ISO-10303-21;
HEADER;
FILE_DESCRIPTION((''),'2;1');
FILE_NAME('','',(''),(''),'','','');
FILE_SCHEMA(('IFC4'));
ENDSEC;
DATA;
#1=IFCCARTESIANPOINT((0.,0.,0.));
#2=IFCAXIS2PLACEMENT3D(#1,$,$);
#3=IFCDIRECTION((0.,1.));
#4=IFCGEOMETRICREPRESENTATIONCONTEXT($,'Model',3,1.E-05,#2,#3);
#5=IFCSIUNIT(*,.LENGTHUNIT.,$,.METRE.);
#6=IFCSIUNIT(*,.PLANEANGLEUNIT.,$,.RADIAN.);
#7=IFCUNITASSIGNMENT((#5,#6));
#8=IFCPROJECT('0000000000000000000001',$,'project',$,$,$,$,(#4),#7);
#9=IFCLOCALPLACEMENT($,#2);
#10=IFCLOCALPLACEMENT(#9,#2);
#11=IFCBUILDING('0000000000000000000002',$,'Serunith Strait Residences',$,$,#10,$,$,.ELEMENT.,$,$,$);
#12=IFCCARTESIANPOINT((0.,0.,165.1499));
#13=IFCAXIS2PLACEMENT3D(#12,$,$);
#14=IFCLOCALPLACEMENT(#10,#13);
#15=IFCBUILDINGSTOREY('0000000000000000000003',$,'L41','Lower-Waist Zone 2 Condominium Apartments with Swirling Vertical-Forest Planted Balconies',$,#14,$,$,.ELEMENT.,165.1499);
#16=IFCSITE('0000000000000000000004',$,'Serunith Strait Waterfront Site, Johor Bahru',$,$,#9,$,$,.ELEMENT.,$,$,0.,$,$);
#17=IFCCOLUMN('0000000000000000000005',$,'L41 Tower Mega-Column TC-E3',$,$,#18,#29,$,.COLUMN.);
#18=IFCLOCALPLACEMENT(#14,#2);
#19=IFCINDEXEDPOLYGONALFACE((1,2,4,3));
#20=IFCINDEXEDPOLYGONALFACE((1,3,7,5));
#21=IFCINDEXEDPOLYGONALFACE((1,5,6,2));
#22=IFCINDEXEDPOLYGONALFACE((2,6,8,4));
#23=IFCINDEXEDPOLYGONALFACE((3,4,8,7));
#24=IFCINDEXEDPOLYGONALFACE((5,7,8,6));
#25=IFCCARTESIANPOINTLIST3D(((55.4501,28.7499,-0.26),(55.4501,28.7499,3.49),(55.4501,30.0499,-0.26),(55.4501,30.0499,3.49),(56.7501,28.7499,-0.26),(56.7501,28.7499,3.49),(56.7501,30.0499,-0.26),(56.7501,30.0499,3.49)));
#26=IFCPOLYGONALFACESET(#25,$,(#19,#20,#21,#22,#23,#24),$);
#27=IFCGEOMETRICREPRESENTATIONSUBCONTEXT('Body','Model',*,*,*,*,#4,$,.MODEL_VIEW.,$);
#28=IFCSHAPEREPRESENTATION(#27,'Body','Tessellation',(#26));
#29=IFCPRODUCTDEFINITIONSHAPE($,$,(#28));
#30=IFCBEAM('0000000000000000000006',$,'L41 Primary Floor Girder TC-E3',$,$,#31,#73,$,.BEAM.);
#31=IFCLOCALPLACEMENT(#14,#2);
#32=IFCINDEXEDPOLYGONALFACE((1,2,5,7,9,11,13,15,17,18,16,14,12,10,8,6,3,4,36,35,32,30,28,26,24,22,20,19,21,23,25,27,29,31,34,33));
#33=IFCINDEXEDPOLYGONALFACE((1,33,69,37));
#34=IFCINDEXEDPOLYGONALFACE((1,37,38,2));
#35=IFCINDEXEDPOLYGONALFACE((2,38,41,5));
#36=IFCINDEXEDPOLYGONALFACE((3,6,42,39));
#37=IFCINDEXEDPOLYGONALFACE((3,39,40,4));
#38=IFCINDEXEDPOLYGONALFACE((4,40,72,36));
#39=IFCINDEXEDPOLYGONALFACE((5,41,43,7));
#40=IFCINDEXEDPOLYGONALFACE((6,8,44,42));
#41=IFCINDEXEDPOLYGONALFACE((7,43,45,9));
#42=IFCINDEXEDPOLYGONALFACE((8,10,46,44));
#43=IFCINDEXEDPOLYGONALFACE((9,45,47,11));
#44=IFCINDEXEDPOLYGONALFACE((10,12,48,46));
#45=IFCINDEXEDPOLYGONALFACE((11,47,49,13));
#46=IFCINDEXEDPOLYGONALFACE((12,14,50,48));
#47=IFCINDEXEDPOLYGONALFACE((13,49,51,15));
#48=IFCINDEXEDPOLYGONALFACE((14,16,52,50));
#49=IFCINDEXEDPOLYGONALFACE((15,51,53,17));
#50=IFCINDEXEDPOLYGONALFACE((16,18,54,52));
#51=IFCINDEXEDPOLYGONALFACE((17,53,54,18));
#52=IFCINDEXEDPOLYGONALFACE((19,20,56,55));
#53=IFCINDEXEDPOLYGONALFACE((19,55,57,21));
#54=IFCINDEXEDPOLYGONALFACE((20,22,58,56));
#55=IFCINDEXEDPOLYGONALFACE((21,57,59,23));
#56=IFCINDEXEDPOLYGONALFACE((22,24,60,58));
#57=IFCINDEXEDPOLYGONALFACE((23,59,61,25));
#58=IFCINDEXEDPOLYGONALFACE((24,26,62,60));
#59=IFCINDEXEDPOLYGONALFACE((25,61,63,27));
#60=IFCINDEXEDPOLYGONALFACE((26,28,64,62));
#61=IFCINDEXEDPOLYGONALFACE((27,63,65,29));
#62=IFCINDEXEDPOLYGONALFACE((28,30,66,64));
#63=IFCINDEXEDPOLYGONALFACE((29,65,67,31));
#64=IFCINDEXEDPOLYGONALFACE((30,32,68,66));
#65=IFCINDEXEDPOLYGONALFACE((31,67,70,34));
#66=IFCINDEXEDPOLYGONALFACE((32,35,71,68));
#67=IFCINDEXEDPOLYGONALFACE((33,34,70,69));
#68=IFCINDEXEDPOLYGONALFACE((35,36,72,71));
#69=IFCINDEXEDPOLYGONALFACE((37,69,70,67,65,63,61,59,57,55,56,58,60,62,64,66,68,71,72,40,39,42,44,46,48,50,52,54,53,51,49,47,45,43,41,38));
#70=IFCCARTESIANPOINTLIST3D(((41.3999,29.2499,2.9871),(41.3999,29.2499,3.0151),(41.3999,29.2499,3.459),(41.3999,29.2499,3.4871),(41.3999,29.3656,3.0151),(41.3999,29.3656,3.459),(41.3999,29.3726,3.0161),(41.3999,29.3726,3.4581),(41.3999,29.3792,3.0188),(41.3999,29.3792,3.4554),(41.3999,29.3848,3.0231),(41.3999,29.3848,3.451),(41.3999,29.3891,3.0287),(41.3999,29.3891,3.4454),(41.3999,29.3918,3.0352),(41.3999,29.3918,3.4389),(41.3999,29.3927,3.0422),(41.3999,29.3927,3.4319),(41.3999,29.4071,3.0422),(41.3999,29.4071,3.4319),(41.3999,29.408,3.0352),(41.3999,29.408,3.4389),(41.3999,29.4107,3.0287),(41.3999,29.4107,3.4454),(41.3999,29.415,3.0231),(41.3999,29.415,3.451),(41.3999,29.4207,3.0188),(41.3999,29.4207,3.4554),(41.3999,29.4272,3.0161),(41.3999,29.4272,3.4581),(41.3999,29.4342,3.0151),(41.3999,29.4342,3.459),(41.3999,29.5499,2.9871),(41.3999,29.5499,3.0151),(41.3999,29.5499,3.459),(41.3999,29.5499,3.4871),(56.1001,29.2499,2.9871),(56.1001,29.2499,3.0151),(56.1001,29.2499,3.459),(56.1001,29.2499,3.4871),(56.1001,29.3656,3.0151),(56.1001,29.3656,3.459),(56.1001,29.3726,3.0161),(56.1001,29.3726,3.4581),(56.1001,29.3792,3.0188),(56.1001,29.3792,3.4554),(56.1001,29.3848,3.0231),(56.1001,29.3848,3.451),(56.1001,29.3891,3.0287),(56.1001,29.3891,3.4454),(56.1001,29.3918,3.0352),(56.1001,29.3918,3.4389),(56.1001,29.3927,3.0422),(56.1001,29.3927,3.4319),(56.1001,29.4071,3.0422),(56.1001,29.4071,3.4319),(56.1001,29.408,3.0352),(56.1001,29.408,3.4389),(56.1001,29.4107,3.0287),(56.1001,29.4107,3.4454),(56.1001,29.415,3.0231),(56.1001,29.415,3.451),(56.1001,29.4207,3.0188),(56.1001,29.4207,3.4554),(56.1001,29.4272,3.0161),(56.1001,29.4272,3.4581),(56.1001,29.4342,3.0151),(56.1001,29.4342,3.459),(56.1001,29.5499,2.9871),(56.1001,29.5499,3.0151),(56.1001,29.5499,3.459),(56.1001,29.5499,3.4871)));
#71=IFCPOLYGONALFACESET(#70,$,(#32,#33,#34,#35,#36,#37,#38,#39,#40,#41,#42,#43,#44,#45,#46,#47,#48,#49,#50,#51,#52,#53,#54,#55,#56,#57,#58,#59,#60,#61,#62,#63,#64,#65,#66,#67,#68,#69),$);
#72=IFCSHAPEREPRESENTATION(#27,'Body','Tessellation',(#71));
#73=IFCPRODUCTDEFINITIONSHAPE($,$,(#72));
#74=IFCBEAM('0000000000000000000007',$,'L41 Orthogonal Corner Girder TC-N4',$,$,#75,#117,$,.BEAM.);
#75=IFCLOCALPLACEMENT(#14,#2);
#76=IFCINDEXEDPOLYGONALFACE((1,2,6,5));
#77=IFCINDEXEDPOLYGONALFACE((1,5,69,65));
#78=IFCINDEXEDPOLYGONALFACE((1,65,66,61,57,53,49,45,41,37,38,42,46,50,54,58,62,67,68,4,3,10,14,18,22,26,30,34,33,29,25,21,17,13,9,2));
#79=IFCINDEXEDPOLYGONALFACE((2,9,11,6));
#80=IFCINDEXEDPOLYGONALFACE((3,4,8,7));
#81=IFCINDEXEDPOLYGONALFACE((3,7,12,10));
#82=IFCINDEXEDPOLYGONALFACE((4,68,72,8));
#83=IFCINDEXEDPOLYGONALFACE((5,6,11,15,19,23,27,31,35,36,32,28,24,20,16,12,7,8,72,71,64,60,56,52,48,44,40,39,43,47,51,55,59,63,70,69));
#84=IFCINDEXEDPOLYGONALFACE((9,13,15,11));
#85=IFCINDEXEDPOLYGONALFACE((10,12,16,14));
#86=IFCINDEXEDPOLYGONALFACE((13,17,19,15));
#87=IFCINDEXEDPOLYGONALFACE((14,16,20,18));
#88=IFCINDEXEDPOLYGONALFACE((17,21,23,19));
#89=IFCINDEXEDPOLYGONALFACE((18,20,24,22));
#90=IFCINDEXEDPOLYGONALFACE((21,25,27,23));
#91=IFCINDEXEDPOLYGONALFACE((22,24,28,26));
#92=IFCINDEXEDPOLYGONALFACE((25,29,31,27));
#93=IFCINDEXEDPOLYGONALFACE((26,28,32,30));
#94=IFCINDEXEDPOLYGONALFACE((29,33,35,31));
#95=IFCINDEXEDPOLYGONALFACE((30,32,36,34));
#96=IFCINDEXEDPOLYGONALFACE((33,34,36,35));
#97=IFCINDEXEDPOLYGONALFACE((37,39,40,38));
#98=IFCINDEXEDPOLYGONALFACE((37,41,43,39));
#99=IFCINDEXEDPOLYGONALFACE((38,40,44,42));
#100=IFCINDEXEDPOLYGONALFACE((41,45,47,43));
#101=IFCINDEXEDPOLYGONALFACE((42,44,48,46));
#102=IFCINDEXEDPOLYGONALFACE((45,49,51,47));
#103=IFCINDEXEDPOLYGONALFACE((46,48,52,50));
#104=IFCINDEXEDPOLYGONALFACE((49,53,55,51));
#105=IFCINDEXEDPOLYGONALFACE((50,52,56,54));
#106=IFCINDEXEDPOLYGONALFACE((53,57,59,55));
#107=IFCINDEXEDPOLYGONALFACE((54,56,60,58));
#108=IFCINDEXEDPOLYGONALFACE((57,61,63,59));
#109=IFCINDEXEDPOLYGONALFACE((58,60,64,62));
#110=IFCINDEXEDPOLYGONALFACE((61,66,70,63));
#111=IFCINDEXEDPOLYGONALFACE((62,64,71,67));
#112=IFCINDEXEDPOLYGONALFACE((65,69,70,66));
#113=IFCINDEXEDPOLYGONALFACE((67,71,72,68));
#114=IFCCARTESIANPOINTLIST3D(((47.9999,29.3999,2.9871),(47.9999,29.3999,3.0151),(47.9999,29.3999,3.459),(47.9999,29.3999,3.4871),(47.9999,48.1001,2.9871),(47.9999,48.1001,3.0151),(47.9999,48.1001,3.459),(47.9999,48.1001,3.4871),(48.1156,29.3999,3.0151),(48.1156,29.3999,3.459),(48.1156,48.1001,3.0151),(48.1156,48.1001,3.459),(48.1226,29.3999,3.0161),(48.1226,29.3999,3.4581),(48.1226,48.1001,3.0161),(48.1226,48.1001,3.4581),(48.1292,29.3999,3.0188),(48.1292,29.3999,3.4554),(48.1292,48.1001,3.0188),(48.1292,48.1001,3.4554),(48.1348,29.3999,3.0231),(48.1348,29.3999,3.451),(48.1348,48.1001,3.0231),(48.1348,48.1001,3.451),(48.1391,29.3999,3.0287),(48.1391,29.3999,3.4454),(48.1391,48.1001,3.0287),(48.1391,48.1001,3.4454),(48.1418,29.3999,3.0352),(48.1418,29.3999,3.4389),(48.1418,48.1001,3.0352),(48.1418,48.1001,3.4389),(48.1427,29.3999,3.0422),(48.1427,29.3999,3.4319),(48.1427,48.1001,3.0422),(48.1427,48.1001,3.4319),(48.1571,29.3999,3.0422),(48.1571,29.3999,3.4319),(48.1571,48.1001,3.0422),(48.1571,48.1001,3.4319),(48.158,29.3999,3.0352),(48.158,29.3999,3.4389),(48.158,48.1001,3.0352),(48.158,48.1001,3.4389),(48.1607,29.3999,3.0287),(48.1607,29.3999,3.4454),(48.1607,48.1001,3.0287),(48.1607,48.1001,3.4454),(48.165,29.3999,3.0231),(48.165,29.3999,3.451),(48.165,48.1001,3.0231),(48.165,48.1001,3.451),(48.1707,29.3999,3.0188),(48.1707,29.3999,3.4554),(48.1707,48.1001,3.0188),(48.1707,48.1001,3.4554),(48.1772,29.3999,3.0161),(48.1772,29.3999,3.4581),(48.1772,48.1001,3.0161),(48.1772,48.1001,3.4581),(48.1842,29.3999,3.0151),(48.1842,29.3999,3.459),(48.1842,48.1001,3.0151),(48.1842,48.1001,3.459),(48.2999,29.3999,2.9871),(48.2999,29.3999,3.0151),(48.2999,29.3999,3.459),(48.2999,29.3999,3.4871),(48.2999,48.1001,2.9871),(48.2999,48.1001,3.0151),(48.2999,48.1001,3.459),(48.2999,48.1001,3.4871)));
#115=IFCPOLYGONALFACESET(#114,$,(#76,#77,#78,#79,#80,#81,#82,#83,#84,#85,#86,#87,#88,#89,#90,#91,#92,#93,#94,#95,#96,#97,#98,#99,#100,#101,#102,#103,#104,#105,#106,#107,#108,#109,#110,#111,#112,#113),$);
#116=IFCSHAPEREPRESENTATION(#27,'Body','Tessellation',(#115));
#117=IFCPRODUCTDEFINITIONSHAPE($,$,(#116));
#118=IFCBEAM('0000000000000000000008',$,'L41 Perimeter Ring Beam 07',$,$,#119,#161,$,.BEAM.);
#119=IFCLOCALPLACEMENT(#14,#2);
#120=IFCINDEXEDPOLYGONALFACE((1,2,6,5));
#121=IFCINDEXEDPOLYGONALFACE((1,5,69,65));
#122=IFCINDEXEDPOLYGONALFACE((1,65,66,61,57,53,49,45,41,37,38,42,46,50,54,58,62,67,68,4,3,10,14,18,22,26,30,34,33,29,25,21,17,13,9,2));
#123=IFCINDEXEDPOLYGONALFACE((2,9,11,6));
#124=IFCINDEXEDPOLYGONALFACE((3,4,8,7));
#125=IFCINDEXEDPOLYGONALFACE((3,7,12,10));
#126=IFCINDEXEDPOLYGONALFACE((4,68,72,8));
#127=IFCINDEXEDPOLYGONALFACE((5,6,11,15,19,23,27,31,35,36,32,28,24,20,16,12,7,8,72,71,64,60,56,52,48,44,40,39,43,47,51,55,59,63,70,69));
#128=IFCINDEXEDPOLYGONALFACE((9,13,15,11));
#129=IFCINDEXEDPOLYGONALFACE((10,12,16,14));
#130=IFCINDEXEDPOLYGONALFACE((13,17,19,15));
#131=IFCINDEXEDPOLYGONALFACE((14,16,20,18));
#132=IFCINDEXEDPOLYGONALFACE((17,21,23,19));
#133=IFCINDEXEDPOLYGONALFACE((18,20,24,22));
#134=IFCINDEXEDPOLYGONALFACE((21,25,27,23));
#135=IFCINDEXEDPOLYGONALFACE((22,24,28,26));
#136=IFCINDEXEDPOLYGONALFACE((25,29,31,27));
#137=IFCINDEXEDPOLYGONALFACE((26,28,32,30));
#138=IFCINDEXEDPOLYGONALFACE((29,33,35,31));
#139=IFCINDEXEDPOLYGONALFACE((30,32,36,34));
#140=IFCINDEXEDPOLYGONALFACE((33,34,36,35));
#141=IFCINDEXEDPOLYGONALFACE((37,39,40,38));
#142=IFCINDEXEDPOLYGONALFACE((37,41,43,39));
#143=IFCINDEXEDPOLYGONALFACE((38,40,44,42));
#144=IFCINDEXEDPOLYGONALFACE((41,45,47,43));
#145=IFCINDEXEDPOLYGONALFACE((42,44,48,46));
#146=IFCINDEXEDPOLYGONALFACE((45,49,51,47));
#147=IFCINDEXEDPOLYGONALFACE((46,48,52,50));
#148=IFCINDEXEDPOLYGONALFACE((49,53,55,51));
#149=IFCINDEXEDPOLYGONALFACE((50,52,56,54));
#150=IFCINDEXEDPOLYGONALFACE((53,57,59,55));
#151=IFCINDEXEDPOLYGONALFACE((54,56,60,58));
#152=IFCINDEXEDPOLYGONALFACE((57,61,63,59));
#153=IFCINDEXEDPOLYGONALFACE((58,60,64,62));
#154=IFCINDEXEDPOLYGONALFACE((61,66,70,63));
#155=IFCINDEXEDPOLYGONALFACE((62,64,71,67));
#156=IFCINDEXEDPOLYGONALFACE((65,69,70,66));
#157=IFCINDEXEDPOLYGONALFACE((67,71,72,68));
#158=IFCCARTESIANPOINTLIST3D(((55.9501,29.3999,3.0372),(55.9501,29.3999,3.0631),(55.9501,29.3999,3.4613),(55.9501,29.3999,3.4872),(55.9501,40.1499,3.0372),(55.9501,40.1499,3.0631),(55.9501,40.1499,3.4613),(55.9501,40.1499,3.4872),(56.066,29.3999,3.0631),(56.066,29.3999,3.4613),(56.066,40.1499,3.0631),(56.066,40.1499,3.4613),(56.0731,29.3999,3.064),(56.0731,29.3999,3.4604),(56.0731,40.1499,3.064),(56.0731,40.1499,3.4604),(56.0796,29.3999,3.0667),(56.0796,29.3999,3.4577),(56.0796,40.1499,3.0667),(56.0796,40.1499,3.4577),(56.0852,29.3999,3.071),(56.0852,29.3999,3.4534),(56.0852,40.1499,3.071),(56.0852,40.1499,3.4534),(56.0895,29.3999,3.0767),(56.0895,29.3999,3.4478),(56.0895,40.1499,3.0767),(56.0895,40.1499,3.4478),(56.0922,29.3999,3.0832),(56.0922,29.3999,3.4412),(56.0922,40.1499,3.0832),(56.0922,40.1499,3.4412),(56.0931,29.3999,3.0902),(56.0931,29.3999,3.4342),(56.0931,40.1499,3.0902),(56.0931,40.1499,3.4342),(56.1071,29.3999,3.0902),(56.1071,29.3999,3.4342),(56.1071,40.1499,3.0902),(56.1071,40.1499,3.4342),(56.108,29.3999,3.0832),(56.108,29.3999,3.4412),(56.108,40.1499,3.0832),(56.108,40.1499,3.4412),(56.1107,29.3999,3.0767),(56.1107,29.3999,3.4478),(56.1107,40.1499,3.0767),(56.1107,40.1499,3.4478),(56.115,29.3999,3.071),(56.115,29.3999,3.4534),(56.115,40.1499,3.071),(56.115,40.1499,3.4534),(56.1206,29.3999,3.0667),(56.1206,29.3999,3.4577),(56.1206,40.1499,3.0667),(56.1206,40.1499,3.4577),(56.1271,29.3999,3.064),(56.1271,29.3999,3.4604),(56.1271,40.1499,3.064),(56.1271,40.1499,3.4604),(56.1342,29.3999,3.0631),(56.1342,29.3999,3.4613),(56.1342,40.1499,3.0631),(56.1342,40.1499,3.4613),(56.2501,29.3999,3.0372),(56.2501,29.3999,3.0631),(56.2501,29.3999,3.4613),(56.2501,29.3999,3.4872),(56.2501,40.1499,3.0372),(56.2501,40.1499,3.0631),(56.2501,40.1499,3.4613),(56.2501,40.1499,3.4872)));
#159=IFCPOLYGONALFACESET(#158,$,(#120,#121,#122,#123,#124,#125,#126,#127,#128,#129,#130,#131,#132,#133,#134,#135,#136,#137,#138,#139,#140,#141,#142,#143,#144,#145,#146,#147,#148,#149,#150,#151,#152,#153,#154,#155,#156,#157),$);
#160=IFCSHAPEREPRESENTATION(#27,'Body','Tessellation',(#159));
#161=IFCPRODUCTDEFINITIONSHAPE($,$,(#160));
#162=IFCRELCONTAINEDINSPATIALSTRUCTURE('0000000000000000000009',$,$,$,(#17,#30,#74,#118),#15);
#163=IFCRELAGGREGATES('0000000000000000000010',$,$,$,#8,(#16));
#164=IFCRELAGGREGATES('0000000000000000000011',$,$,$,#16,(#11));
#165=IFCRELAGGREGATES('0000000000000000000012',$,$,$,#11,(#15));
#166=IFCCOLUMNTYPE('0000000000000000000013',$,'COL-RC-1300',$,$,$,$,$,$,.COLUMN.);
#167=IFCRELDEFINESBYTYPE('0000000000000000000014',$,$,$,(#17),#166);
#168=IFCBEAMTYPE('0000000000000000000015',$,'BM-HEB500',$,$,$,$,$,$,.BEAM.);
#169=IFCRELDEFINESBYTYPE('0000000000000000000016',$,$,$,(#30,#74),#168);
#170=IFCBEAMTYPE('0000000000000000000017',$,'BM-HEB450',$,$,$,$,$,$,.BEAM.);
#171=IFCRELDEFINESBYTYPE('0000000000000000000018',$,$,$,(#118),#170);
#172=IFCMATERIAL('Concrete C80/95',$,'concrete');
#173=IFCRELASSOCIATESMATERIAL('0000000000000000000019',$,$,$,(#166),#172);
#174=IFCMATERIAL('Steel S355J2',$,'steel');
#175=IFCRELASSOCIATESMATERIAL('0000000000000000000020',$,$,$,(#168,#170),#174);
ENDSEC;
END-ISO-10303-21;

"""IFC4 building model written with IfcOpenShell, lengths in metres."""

from ifc_helpers import new_model, si_unit, direction, frame, origin, origin_2d, place, context, subcontext, project, spatial, rectangle, i_section, extrude, source, transform, mapped, material, material_profile, profile_set, type_object, element, save


model = new_model("IFC4")

# Units and contexts
model_context = context("Model", 3, precision=1e-05, world=origin(), true_north=direction((0.0, 1.0)))
body_context = subcontext(model_context, "Body", "Model", "MODEL_VIEW")
ifc_project = project(units=[si_unit("LENGTHUNIT", "METRE"), si_unit("PLANEANGLEUNIT", "RADIAN")], contexts=[model_context])

# Site, building, storey
site_placement = place(None, origin())
site = spatial("IfcSite", under=ifc_project, at=site_placement, Name="Serunith Strait Waterfront Site, Johor Bahru", CompositionType="ELEMENT", RefElevation=0.0)
building_placement = place(site_placement, origin())
building = spatial("IfcBuilding", under=site, at=building_placement, Name="Serunith Strait Residences", CompositionType="ELEMENT")
storey_placement = place(building_placement, frame((0.0, 0.0, 165.1499)))
storey = spatial("IfcBuildingStorey", under=building, at=storey_placement, Name="L41", Description="Lower-Waist Zone 2 Condominium Apartments with Swirling Vertical-Forest Planted Balconies", CompositionType="ELEMENT", Elevation=165.1499)

# Column
ifc_material_1 = material(Name="Concrete C80/95", Category="concrete")
ifc_material_profile_1 = material_profile(ifc_material_1, rectangle(XDim=1.3, YDim=1.3, at=origin_2d()), Name="RC 1300x1300")
ifc_profile_set_1 = profile_set([ifc_material_profile_1], Name="Concrete C80/95")
column_type = type_object("IfcColumnType", Name="COL-RC-1300", PredefinedType="COLUMN", material=ifc_profile_set_1)
shared_shape_1 = source(origin(), body_context, "Body", "SweptSolid", [
    extrude(rectangle(XDim=1.3, YDim=1.3, at=origin_2d()), origin(), (0.0, 0.0, 1.0), 3.75),
])
column_placement = place(storey_placement, frame((56.1001, 29.3999, -0.26), z_axis=(0.0, 0.0, 1.0), x_axis=(1.0, 0.0, 0.0)))
element("IfcColumn", 1, at=column_placement, inside=storey, type_object=column_type, Name="L41 Tower Mega-Column TC-E3", PredefinedType="COLUMN", context=body_context, shape_type="MappedRepresentation", body=[
    mapped(shared_shape_1, transform((0.0, 0.0, 0.0), scale=1.0)),
])

# Beams
ifc_material_2 = material(Name="Steel S355J2", Category="steel")
ifc_material_profile_2 = material_profile(ifc_material_2, i_section(OverallWidth=0.3, OverallDepth=0.5, WebThickness=0.0144, FlangeThickness=0.0281, FilletRadius=0.0271, at=origin_2d()), Name="HEB 500")
ifc_profile_set_2 = profile_set([ifc_material_profile_2], Name="Steel S355J2")
beam_type_1 = type_object("IfcBeamType", Name="BM-HEB500", PredefinedType="BEAM", material=ifc_profile_set_2)
shared_shape_2 = source(origin(), body_context, "Body", "SweptSolid", [
    extrude(i_section(OverallWidth=0.3, OverallDepth=0.5, WebThickness=0.0144, FlangeThickness=0.0281, FilletRadius=0.0271, at=origin_2d()), origin(), (0.0, 0.0, 1.0), 14.7002),
])
beam_1_placement = place(storey_placement, frame((41.3999, 29.3999, 3.2371), z_axis=(1.0, 0.0, 0.0), x_axis=(0.0, 1.0, 0.0)))
element("IfcBeam", 2, at=beam_1_placement, inside=storey, type_object=beam_type_1, Name="L41 Primary Floor Girder TC-E3", PredefinedType="BEAM", context=body_context, shape_type="MappedRepresentation", body=[
    mapped(shared_shape_2, transform((0.0, 0.0, 0.0), scale=1.0)),
])
shared_shape_3 = source(origin(), body_context, "Body", "SweptSolid", [
    extrude(i_section(OverallWidth=0.3, OverallDepth=0.5, WebThickness=0.0144, FlangeThickness=0.0281, FilletRadius=0.0271, at=origin_2d()), origin(), (0.0, 0.0, 1.0), 18.7002),
])
beam_2_placement = place(storey_placement, frame((48.1499, 29.3999, 3.2371), z_axis=(0.0, 1.0, 0.0), x_axis=(-1.0, 0.0, 0.0)))
element("IfcBeam", 3, at=beam_2_placement, inside=storey, type_object=beam_type_1, Name="L41 Orthogonal Corner Girder TC-N4", PredefinedType="BEAM", context=body_context, shape_type="MappedRepresentation", body=[
    mapped(shared_shape_3, transform((0.0, 0.0, 0.0), scale=1.0)),
])
ifc_material_profile_3 = material_profile(ifc_material_2, i_section(OverallWidth=0.3, OverallDepth=0.45, WebThickness=0.0139, FlangeThickness=0.0259, FilletRadius=0.0271, at=origin_2d()), Name="HEB 450")
ifc_profile_set_3 = profile_set([ifc_material_profile_3], Name="Steel S355J2")
beam_type_2 = type_object("IfcBeamType", Name="BM-HEB450", PredefinedType="BEAM", material=ifc_profile_set_3)
shared_shape_4 = source(origin(), body_context, "Body", "SweptSolid", [
    extrude(i_section(OverallWidth=0.3, OverallDepth=0.45, WebThickness=0.0139, FlangeThickness=0.0259, FilletRadius=0.0271, at=origin_2d()), origin(), (0.0, 0.0, 1.0), 10.75),
])
beam_3_placement = place(storey_placement, frame((56.1001, 29.3999, 3.2622), z_axis=(0.0, 1.0, 0.0), x_axis=(-1.0, 0.0, 0.0)))
element("IfcBeam", 4, at=beam_3_placement, inside=storey, type_object=beam_type_2, Name="L41 Perimeter Ring Beam 07", PredefinedType="BEAM", context=body_context, shape_type="MappedRepresentation", body=[
    mapped(shared_shape_4, transform((0.0, 0.0, 0.0), scale=1.0)),
])

save(model, "model.ifc")
